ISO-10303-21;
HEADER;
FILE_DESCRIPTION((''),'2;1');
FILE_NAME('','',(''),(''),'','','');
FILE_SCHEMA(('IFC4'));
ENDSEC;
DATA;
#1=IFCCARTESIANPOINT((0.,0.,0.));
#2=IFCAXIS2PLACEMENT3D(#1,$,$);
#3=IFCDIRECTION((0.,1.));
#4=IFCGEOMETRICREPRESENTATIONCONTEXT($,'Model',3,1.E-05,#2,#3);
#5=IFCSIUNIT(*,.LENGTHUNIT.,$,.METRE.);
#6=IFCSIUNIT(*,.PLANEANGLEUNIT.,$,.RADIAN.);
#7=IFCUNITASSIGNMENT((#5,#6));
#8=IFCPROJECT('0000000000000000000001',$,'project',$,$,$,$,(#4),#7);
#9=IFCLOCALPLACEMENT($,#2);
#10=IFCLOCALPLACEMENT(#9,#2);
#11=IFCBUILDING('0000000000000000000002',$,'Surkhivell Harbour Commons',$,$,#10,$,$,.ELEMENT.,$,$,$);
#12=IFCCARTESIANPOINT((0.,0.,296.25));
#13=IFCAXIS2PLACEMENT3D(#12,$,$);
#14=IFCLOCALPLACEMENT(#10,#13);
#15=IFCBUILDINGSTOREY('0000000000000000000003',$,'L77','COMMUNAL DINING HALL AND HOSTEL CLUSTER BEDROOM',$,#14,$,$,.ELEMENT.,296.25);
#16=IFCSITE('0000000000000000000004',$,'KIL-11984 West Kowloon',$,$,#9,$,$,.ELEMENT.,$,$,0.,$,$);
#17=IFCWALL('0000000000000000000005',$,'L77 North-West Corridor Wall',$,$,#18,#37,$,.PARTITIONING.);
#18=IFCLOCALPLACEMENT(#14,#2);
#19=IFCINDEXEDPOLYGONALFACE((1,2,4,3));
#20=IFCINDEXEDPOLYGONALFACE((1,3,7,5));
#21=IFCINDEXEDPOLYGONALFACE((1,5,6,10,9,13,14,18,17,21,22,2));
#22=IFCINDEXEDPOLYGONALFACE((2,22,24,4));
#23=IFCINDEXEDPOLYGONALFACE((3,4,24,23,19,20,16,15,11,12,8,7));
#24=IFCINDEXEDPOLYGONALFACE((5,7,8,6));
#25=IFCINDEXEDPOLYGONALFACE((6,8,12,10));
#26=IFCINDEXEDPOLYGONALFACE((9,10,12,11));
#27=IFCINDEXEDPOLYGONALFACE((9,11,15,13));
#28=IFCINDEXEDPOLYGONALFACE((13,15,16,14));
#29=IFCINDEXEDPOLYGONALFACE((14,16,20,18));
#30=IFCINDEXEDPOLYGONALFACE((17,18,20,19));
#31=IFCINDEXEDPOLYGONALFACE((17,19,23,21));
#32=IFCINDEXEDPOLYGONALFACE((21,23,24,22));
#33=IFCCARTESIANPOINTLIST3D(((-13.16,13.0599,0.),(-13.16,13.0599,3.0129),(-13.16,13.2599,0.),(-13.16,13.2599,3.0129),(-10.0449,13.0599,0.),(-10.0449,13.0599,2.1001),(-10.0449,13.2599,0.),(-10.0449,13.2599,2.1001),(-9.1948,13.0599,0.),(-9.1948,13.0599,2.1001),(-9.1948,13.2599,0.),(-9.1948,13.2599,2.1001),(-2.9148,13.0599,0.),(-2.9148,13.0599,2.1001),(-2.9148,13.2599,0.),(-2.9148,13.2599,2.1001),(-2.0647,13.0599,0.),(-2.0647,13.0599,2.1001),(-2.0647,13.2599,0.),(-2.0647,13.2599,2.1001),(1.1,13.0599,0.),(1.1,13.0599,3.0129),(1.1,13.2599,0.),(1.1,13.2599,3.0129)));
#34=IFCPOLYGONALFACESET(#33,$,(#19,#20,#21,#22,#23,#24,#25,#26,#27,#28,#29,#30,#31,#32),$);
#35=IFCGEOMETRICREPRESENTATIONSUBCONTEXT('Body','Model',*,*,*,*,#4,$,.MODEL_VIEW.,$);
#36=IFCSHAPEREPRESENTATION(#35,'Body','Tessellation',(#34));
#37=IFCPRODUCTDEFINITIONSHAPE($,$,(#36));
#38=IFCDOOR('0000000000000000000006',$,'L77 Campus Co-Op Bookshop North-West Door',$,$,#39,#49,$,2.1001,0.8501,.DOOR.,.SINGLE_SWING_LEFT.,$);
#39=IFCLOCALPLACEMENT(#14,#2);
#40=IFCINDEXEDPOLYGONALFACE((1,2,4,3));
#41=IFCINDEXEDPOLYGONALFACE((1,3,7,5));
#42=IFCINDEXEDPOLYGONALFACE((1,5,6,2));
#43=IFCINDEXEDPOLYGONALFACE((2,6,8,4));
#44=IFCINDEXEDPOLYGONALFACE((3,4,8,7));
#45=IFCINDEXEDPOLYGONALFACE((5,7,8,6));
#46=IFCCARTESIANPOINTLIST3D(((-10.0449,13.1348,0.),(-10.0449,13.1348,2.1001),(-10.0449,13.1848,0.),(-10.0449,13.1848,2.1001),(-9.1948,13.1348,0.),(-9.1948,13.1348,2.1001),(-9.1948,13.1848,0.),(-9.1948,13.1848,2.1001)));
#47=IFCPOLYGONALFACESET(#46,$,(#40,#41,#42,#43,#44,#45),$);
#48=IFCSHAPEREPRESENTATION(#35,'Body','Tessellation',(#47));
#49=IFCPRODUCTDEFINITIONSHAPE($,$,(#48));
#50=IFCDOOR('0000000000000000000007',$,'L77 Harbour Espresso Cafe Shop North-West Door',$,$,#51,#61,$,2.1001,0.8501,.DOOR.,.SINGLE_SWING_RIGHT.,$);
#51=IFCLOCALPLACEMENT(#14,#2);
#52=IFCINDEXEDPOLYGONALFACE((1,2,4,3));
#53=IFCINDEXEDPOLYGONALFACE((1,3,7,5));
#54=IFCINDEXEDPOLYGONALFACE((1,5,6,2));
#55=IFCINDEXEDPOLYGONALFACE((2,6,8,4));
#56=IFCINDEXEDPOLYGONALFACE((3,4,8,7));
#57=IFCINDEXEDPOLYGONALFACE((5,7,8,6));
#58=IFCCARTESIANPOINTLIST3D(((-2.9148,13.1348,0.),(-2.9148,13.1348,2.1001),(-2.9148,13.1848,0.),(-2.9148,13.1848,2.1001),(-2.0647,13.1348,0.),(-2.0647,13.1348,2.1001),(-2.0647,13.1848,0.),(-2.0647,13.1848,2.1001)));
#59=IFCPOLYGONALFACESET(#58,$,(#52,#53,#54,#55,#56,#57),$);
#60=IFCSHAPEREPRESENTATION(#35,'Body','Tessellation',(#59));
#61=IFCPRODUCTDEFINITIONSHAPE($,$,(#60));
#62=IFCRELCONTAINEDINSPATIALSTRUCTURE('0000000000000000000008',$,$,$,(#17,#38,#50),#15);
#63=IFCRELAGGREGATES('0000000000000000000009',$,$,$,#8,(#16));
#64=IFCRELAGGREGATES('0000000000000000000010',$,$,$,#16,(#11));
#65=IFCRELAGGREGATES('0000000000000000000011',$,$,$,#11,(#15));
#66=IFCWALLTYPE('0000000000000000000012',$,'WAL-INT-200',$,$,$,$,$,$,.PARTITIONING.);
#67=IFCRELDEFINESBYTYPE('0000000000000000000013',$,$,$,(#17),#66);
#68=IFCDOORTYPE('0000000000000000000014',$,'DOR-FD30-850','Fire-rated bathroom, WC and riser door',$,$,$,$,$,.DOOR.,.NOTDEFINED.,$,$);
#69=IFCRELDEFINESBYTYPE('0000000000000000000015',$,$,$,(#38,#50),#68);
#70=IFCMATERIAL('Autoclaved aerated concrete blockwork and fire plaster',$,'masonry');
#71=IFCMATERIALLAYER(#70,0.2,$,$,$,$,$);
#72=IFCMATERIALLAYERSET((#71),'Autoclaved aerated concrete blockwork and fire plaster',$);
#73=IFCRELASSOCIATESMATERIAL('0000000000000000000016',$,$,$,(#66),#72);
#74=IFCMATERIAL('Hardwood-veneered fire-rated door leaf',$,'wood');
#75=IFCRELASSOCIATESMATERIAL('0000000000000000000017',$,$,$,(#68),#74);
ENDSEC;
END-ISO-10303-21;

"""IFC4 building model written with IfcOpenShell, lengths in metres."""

from ifc_helpers import new_model, si_unit, direction, frame, frame_2d, origin, place, context, subcontext, project, spatial, rectangle, extrude, material, layer, layer_set, type_object, element, fill, save


model = new_model("IFC4")

# Units and contexts
model_context = context("Model", 3, precision=1e-05, world=origin(), true_north=direction((0.0, 1.0)))
body_context = subcontext(model_context, "Body", "Model", "MODEL_VIEW")
ifc_project = project(units=[si_unit("LENGTHUNIT", "METRE"), si_unit("PLANEANGLEUNIT", "RADIAN")], contexts=[model_context])

# Site, building, storey
site_placement = place(None, origin())
site = spatial("IfcSite", under=ifc_project, at=site_placement, Name="KIL-11984 West Kowloon", CompositionType="ELEMENT", RefElevation=0.0)
building_placement = place(site_placement, origin())
building = spatial("IfcBuilding", under=site, at=building_placement, Name="Surkhivell Harbour Commons", CompositionType="ELEMENT")
storey_placement = place(building_placement, frame((0.0, 0.0, 296.25)))
storey = spatial("IfcBuildingStorey", under=building, at=storey_placement, Name="L77", Description="COMMUNAL DINING HALL AND HOSTEL CLUSTER BEDROOM", CompositionType="ELEMENT", Elevation=296.25)

# Wall, openings, doors
ifc_material_1 = material(Name="Autoclaved aerated concrete blockwork and fire plaster", Category="masonry")
ifc_layer_1 = layer(ifc_material_1, 0.2)
ifc_layer_set_1 = layer_set([ifc_layer_1], Name="Autoclaved aerated concrete blockwork and fire plaster")
wall_type_1 = type_object("IfcWallType", Name="WAL-INT-200", PredefinedType="PARTITIONING", material=ifc_layer_set_1)
wall_1_placement = place(storey_placement, frame((-13.1599, 13.1599, 0.0), z_axis=(0.0, 0.0, 1.0), x_axis=(1.0, 0.0, 0.0)))
wall_1 = element("IfcWall", 1, at=wall_1_placement, inside=storey, type_object=wall_type_1, Name="L77 North-West Corridor Wall", PredefinedType="PARTITIONING", context=body_context, shape_type="SweptSolid", body=[
    extrude(rectangle(XDim=14.26, YDim=0.2, at=frame_2d((7.1299, 0.0))), origin(), (0.0, 0.0, 1.0), 3.0129),
])
opening_1_placement = place(wall_1_placement, frame((3.115, 0.0, 0.0)))
opening_1 = element("IfcOpeningElement", 2, at=opening_1_placement, cuts=wall_1, PredefinedType="OPENING", context=body_context, shape_type="SweptSolid", body=[
    extrude(rectangle(XDim=0.8501, YDim=2.1001, at=frame_2d((0.425, 1.05))), frame((0.0, 0.1099, 0.0), z_axis=(0.0, -1.0, 0.0), x_axis=(1.0, 0.0, 0.0)), (0.0, 0.0, 1.0), 0.22),
])
opening_2_placement = place(wall_1_placement, frame((10.2451, 0.0, 0.0)))
opening_2 = element("IfcOpeningElement", 3, at=opening_2_placement, cuts=wall_1, PredefinedType="OPENING", context=body_context, shape_type="SweptSolid", body=[
    extrude(rectangle(XDim=0.8501, YDim=2.1001, at=frame_2d((0.425, 1.05))), frame((0.0, 0.1099, 0.0), z_axis=(0.0, -1.0, 0.0), x_axis=(1.0, 0.0, 0.0)), (0.0, 0.0, 1.0), 0.22),
])
ifc_material_2 = material(Name="Hardwood-veneered fire-rated door leaf", Category="wood")
door_type = type_object("IfcDoorType", Name="DOR-FD30-850", Description="Fire-rated bathroom, WC and riser door", OperationType="NOTDEFINED", PredefinedType="DOOR", material=ifc_material_2)
door_1_placement = place(opening_1_placement, origin())
door_1 = element("IfcDoor", 4, at=door_1_placement, inside=storey, type_object=door_type, Name="L77 Campus Co-Op Bookshop North-West Door", OperationType="SINGLE_SWING_LEFT", OverallHeight=2.1001, OverallWidth=0.8501, PredefinedType="DOOR", context=body_context, shape_type="SweptSolid", body=[
    extrude(rectangle(XDim=0.8501, YDim=2.1001, at=frame_2d((0.425, 1.05))), frame((0.0, 0.0249, 0.0), z_axis=(0.0, -1.0, 0.0), x_axis=(1.0, 0.0, 0.0)), (0.0, 0.0, 1.0), 0.05),
])
fill(opening_1, door_1)
door_2_placement = place(opening_2_placement, origin())
door_2 = element("IfcDoor", 5, at=door_2_placement, inside=storey, type_object=door_type, Name="L77 Harbour Espresso Cafe Shop North-West Door", OperationType="SINGLE_SWING_RIGHT", OverallHeight=2.1001, OverallWidth=0.8501, PredefinedType="DOOR", context=body_context, shape_type="SweptSolid", body=[
    extrude(rectangle(XDim=0.8501, YDim=2.1001, at=frame_2d((0.425, 1.05))), frame((0.0, 0.0249, 0.0), z_axis=(0.0, -1.0, 0.0), x_axis=(1.0, 0.0, 0.0)), (0.0, 0.0, 1.0), 0.05),
])
fill(opening_2, door_2)

save(model, "model.ifc")
